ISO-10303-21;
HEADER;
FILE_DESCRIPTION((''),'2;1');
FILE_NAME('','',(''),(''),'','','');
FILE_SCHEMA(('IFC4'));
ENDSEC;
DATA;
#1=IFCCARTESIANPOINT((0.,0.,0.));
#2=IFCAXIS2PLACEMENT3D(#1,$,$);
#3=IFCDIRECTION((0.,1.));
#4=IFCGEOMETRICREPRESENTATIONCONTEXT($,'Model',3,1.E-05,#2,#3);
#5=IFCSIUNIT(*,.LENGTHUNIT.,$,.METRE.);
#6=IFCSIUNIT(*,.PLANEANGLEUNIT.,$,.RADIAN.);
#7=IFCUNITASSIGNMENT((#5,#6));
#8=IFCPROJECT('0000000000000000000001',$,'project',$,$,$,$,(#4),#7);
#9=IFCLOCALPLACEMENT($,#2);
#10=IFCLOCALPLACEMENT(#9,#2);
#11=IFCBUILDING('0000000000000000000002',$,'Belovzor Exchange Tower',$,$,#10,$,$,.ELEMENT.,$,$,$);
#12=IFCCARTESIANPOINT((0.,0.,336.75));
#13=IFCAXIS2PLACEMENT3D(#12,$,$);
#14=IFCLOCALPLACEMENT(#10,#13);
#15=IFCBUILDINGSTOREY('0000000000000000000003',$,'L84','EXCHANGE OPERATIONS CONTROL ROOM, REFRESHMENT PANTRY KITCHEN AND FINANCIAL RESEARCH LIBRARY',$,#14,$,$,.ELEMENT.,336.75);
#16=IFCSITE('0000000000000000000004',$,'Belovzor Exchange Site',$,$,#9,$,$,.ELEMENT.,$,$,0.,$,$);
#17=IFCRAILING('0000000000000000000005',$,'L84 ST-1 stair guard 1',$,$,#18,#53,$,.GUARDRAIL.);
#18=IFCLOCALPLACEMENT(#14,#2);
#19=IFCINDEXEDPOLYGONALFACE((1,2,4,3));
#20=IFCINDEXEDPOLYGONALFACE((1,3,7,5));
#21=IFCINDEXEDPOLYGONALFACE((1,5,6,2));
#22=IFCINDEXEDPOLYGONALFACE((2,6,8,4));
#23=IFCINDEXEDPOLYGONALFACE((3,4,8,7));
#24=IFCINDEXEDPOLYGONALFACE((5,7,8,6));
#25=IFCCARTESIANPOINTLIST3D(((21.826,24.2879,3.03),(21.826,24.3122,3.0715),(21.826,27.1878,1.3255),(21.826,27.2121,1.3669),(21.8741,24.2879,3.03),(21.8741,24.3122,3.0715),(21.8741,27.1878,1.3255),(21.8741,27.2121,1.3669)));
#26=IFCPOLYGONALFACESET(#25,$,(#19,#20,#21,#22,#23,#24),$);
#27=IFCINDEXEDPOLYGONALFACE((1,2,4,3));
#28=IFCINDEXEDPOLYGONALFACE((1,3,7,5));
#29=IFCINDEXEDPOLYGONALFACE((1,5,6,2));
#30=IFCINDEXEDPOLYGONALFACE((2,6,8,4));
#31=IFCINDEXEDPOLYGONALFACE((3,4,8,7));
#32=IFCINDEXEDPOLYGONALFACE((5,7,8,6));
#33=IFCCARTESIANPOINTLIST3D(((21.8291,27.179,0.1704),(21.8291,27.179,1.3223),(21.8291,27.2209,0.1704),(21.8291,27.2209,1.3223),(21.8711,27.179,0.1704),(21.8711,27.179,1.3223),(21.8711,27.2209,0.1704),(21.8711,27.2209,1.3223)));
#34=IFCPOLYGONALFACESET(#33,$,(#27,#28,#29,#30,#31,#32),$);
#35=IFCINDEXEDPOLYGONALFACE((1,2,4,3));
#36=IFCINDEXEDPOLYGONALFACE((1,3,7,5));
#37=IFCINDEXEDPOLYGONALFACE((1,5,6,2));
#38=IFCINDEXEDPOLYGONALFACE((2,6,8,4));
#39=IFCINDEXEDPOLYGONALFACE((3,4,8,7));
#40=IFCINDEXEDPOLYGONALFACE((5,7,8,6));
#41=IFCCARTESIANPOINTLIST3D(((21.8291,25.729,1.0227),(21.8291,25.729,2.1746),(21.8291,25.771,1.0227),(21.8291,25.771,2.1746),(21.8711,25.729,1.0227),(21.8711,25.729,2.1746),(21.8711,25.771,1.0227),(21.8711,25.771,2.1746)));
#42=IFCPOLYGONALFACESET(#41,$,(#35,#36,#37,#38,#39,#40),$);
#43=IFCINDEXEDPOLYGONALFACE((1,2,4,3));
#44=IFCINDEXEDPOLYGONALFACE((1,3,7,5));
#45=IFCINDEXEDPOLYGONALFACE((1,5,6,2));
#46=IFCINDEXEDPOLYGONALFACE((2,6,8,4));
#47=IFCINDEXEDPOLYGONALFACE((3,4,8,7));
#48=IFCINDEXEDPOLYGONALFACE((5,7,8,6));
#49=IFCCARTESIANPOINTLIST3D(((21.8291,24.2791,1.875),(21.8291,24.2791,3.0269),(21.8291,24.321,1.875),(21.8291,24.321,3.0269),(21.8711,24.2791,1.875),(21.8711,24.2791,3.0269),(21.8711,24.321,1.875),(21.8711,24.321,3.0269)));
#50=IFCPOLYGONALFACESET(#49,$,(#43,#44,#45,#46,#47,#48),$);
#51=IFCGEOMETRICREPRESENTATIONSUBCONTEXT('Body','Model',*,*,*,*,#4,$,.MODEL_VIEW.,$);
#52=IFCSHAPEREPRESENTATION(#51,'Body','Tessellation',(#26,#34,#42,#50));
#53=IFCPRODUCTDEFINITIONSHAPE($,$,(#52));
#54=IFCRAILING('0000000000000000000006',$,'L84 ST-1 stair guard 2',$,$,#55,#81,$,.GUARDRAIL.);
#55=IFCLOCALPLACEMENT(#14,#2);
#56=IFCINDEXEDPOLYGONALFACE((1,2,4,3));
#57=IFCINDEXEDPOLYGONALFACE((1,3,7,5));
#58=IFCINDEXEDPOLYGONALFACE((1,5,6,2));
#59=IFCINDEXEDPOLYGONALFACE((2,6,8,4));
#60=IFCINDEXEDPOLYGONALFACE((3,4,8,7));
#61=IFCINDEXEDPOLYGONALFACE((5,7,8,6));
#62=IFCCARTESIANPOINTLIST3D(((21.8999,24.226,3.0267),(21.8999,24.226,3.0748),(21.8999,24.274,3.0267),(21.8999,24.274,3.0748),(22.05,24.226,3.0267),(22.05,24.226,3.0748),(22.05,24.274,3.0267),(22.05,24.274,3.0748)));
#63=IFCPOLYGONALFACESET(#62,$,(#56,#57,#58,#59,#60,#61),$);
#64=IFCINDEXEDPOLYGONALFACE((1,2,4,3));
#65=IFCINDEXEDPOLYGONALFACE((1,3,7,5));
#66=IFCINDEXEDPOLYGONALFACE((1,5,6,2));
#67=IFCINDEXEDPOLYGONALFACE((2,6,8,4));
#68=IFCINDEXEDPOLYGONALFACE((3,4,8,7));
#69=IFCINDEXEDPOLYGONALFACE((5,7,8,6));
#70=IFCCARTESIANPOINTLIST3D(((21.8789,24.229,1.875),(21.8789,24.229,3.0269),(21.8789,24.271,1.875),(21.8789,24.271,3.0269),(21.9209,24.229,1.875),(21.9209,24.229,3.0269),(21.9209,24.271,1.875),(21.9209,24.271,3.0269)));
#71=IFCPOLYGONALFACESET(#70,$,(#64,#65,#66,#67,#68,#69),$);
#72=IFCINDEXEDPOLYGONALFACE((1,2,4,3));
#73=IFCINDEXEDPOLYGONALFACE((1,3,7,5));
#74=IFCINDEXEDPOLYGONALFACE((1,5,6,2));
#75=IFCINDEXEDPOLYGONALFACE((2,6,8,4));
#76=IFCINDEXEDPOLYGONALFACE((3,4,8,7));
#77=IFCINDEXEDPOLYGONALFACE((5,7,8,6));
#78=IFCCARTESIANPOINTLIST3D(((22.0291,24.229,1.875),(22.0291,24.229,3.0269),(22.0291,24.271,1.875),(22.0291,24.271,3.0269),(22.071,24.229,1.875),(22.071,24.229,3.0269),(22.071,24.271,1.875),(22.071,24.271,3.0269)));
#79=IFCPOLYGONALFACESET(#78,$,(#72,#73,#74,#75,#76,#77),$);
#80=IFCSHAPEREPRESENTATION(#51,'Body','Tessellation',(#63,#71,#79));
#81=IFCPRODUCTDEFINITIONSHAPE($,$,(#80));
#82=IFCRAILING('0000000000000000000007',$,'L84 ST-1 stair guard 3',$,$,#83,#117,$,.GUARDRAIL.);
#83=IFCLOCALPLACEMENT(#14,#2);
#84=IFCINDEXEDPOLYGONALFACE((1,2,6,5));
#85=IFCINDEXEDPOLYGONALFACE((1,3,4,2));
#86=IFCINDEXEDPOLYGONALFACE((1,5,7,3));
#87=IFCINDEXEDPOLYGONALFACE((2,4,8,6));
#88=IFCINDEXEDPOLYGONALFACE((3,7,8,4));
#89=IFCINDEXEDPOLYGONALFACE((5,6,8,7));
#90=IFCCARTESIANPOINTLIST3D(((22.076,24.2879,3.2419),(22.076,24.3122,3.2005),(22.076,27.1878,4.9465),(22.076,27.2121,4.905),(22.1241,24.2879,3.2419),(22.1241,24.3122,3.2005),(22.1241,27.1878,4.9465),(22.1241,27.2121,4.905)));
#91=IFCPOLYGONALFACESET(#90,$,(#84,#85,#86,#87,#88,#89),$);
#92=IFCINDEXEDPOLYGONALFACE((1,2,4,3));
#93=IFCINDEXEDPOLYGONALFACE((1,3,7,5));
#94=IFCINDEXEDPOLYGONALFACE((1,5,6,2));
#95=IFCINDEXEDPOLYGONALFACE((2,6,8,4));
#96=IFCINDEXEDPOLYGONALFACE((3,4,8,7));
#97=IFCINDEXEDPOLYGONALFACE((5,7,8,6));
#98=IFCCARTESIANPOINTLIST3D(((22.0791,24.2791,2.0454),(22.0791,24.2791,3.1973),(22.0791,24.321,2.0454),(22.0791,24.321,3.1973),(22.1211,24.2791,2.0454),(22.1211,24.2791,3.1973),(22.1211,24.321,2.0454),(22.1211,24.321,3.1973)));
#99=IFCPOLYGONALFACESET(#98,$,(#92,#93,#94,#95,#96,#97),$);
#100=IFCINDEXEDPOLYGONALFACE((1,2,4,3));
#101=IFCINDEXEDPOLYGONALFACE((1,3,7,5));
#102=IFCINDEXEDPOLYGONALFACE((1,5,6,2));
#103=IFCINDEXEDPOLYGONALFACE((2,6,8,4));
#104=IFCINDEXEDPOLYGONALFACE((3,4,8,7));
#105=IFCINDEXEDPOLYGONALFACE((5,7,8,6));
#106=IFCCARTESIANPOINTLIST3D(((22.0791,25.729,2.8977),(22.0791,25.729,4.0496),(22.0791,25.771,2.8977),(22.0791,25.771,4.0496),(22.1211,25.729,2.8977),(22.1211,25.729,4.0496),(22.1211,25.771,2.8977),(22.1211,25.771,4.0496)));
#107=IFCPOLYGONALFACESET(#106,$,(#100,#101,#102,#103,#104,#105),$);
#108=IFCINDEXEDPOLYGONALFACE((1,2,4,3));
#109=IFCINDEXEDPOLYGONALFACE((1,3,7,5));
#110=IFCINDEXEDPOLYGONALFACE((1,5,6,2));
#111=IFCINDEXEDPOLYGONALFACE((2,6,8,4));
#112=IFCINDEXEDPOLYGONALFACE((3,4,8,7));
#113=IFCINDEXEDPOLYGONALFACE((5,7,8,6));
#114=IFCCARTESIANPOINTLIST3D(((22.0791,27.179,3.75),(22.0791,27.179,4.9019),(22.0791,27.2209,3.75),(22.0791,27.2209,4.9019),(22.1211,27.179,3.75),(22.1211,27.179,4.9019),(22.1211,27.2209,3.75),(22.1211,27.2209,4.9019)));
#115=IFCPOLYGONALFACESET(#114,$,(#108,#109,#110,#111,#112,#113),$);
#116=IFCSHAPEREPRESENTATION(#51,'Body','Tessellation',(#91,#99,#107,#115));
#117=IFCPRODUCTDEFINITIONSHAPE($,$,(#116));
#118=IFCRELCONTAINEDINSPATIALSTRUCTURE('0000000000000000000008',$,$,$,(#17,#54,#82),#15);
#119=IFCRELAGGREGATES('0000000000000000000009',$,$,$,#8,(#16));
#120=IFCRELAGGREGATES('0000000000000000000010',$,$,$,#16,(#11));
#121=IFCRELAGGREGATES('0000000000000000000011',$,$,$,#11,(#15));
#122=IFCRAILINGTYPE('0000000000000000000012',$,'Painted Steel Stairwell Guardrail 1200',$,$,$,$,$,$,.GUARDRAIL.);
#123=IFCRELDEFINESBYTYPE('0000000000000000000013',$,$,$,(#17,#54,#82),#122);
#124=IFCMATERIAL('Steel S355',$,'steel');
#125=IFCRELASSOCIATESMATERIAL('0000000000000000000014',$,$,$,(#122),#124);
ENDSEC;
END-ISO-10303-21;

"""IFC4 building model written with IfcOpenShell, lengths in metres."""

from ifc_helpers import new_model, si_unit, direction, frame, origin, origin_2d, place, context, subcontext, project, spatial, rectangle, extrude, material, type_object, element, save


model = new_model("IFC4")

# Units and contexts
model_context = context("Model", 3, precision=1e-05, world=origin(), true_north=direction((0.0, 1.0)))
body_context = subcontext(model_context, "Body", "Model", "MODEL_VIEW")
ifc_project = project(units=[si_unit("LENGTHUNIT", "METRE"), si_unit("PLANEANGLEUNIT", "RADIAN")], contexts=[model_context])

# Site, building, storey
site_placement = place(None, origin())
site = spatial("IfcSite", under=ifc_project, at=site_placement, Name="Belovzor Exchange Site", CompositionType="ELEMENT", RefElevation=0.0)
building_placement = place(site_placement, origin())
building = spatial("IfcBuilding", under=site, at=building_placement, Name="Belovzor Exchange Tower", CompositionType="ELEMENT")
storey_placement = place(building_placement, frame((0.0, 0.0, 336.75)))
storey = spatial("IfcBuildingStorey", under=building, at=storey_placement, Name="L84", Description="EXCHANGE OPERATIONS CONTROL ROOM, REFRESHMENT PANTRY KITCHEN AND FINANCIAL RESEARCH LIBRARY", CompositionType="ELEMENT", Elevation=336.75)

# Railings
ifc_material_1 = material(Name="Steel S355", Category="steel")
railing_type_1 = type_object("IfcRailingType", Name="Painted Steel Stairwell Guardrail 1200", PredefinedType="GUARDRAIL", material=ifc_material_1)
railing_1_placement = place(storey_placement, frame((21.8501, 27.2, 0.1704)))
element("IfcRailing", 1, at=railing_1_placement, inside=storey, type_object=railing_type_1, Name="L84 ST-1 stair guard 1", PredefinedType="GUARDRAIL", context=body_context, shape_type="SweptSolid", body=[
    extrude(rectangle(XDim=0.0481, YDim=0.0481, at=origin_2d()), frame((0.0, 0.0, 1.1758), z_axis=(0.0, -0.862095, 0.506747), x_axis=(1.0, 0.0, 0.0)), (0.0, 0.0, 1.0), 3.3638),
    extrude(rectangle(XDim=0.042, YDim=0.042, at=origin_2d()), origin(), (0.0, 0.0, 1.0), 1.1519),
    extrude(rectangle(XDim=0.042, YDim=0.042, at=origin_2d()), frame((0.0, -1.45, 0.8523)), (0.0, 0.0, 1.0), 1.1519),
    extrude(rectangle(XDim=0.042, YDim=0.042, at=origin_2d()), frame((0.0, -2.8999, 1.7046)), (0.0, 0.0, 1.0), 1.1519),
])
railing_2_placement = place(storey_placement, frame((21.8999, 24.25, 1.875)))
element("IfcRailing", 2, at=railing_2_placement, inside=storey, type_object=railing_type_1, Name="L84 ST-1 stair guard 2", PredefinedType="GUARDRAIL", context=body_context, shape_type="SweptSolid", body=[
    extrude(rectangle(XDim=0.0481, YDim=0.0481, at=origin_2d()), frame((0.0, 0.0, 1.1758), z_axis=(1.0, 0.0, 0.0), x_axis=(0.0, 1.0, 0.0)), (0.0, 0.0, 1.0), 0.1501),
    extrude(rectangle(XDim=0.042, YDim=0.042, at=origin_2d()), origin(), (0.0, 0.0, 1.0), 1.1519),
    extrude(rectangle(XDim=0.042, YDim=0.042, at=origin_2d()), frame((0.1501, 0.0, 0.0)), (0.0, 0.0, 1.0), 1.1519),
])
railing_3_placement = place(storey_placement, frame((22.1001, 24.3, 2.0454)))
element("IfcRailing", 3, at=railing_3_placement, inside=storey, type_object=railing_type_1, Name="L84 ST-1 stair guard 3", PredefinedType="GUARDRAIL", context=body_context, shape_type="SweptSolid", body=[
    extrude(rectangle(XDim=0.0481, YDim=0.0481, at=origin_2d()), frame((0.0, 0.0, 1.1758), z_axis=(0.0, 0.862095, 0.506747), x_axis=(-1.0, 0.0, 0.0)), (0.0, 0.0, 1.0), 3.3638),
    extrude(rectangle(XDim=0.042, YDim=0.042, at=origin_2d()), origin(), (0.0, 0.0, 1.0), 1.1519),
    extrude(rectangle(XDim=0.042, YDim=0.042, at=origin_2d()), frame((0.0, 1.45, 0.8523)), (0.0, 0.0, 1.0), 1.1519),
    extrude(rectangle(XDim=0.042, YDim=0.042, at=origin_2d()), frame((0.0, 2.8999, 1.7046)), (0.0, 0.0, 1.0), 1.1519),
])

save(model, "model.ifc")
